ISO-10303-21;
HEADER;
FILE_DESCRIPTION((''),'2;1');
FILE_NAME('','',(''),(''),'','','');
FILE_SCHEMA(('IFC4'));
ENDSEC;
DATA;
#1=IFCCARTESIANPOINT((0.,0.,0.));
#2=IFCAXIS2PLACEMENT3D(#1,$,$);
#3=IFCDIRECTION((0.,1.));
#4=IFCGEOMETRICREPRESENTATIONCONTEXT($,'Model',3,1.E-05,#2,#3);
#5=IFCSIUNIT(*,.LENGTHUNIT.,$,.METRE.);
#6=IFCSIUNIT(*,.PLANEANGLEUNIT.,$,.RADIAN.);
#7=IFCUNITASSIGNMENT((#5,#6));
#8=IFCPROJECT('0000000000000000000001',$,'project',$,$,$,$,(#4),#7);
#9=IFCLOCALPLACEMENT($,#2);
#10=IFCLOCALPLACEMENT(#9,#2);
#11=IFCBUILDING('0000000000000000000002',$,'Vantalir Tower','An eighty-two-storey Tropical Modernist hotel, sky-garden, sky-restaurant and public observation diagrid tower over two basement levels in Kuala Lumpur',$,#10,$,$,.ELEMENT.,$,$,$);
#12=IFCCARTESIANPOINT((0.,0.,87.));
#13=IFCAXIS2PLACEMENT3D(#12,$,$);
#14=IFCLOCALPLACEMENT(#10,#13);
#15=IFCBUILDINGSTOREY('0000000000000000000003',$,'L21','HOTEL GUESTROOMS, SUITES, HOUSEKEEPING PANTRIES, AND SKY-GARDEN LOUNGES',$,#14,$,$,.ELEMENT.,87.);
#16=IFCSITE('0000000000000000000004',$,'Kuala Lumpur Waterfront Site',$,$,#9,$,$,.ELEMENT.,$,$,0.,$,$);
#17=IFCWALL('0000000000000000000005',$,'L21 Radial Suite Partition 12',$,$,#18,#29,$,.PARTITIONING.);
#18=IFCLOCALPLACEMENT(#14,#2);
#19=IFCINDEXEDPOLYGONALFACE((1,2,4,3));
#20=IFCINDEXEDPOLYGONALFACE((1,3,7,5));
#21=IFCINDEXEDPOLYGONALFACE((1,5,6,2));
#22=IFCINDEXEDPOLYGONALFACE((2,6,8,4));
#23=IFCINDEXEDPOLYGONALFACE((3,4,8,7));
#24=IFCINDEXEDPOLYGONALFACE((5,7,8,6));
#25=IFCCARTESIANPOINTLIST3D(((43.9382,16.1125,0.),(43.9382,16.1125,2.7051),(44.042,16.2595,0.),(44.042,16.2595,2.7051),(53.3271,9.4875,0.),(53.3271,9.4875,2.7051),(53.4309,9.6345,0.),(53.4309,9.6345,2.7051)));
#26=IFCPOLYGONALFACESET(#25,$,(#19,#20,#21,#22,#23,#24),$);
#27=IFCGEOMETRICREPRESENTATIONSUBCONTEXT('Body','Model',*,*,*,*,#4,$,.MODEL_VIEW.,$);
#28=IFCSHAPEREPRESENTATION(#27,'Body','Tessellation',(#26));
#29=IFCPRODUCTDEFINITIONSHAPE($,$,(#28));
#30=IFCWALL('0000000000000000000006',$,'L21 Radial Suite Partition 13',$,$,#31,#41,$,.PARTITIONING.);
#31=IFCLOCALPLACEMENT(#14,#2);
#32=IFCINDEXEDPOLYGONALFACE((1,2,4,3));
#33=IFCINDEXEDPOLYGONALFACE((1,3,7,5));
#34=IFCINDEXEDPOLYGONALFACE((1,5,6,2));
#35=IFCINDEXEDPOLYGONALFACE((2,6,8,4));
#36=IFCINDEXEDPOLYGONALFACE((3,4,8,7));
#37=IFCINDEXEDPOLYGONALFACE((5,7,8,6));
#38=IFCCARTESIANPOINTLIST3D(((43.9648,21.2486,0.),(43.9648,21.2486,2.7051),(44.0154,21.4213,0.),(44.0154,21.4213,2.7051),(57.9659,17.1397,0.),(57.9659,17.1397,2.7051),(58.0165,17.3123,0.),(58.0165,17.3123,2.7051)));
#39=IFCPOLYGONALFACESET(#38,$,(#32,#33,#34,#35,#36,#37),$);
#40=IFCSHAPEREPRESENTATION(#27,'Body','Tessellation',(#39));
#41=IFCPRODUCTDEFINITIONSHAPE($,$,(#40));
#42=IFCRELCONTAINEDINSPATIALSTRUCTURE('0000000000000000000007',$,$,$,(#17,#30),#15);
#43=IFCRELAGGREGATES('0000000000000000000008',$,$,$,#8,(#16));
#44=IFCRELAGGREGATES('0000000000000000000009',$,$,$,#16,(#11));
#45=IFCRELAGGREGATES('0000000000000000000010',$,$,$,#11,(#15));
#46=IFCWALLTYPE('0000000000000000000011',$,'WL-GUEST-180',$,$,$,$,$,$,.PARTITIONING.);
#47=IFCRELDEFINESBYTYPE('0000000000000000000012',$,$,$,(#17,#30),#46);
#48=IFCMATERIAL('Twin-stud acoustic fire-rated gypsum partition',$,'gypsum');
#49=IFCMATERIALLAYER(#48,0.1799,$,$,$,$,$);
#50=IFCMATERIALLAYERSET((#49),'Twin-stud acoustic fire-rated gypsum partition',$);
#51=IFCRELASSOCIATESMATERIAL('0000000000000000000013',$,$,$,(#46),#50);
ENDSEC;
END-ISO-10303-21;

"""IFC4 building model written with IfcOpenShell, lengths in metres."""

from ifc_helpers import new_model, si_unit, direction, frame, frame_2d, origin, place, context, subcontext, project, spatial, rectangle, extrude, material, layer, layer_set, type_object, element, save


model = new_model("IFC4")

# Units and contexts
model_context = context("Model", 3, precision=1e-05, world=origin(), true_north=direction((0.0, 1.0)))
body_context = subcontext(model_context, "Body", "Model", "MODEL_VIEW")
ifc_project = project(units=[si_unit("LENGTHUNIT", "METRE"), si_unit("PLANEANGLEUNIT", "RADIAN")], contexts=[model_context])

# Site, building, storey
site_placement = place(None, origin())
site = spatial("IfcSite", under=ifc_project, at=site_placement, Name="Kuala Lumpur Waterfront Site", CompositionType="ELEMENT", RefElevation=0.0)
building_placement = place(site_placement, origin())
building = spatial("IfcBuilding", under=site, at=building_placement, Name="Vantalir Tower", Description="An eighty-two-storey Tropical Modernist hotel, sky-garden, sky-restaurant and public observation diagrid tower over two basement levels in Kuala Lumpur", CompositionType="ELEMENT")
storey_placement = place(building_placement, frame((0.0, 0.0, 87.0)))
storey = spatial("IfcBuildingStorey", under=building, at=storey_placement, Name="L21", Description="HOTEL GUESTROOMS, SUITES, HOUSEKEEPING PANTRIES, AND SKY-GARDEN LOUNGES", CompositionType="ELEMENT", Elevation=87.0)

# Walls
ifc_material_1 = material(Name="Twin-stud acoustic fire-rated gypsum partition", Category="gypsum")
ifc_layer_1 = layer(ifc_material_1, 0.1799)
ifc_layer_set_1 = layer_set([ifc_layer_1], Name="Twin-stud acoustic fire-rated gypsum partition")
wall_type_1 = type_object("IfcWallType", Name="WL-GUEST-180", PredefinedType="PARTITIONING", material=ifc_layer_set_1)
wall_1_placement = place(storey_placement, frame((43.99, 16.186, 0.0), z_axis=(0.0, 0.0, 1.0), x_axis=(0.817069, -0.57654, 0.0)))
element("IfcWall", 1, at=wall_1_placement, inside=storey, type_object=wall_type_1, Name="L21 Radial Suite Partition 12", PredefinedType="PARTITIONING", context=body_context, shape_type="SweptSolid", body=[
    extrude(rectangle(XDim=11.491, YDim=0.1799, at=frame_2d((5.7456, 0.0))), origin(), (0.0, 0.0, 1.0), 2.7051),
])
wall_2_placement = place(storey_placement, frame((43.99, 21.335, 0.0), z_axis=(0.0, 0.0, 1.0), x_axis=(0.959533, -0.281596, 0.0)))
element("IfcWall", 2, at=wall_2_placement, inside=storey, type_object=wall_type_1, Name="L21 Radial Suite Partition 13", PredefinedType="PARTITIONING", context=body_context, shape_type="SweptSolid", body=[
    extrude(rectangle(XDim=14.5916, YDim=0.1799, at=frame_2d((7.2959, 0.0))), origin(), (0.0, 0.0, 1.0), 2.7051),
])

save(model, "model.ifc")
